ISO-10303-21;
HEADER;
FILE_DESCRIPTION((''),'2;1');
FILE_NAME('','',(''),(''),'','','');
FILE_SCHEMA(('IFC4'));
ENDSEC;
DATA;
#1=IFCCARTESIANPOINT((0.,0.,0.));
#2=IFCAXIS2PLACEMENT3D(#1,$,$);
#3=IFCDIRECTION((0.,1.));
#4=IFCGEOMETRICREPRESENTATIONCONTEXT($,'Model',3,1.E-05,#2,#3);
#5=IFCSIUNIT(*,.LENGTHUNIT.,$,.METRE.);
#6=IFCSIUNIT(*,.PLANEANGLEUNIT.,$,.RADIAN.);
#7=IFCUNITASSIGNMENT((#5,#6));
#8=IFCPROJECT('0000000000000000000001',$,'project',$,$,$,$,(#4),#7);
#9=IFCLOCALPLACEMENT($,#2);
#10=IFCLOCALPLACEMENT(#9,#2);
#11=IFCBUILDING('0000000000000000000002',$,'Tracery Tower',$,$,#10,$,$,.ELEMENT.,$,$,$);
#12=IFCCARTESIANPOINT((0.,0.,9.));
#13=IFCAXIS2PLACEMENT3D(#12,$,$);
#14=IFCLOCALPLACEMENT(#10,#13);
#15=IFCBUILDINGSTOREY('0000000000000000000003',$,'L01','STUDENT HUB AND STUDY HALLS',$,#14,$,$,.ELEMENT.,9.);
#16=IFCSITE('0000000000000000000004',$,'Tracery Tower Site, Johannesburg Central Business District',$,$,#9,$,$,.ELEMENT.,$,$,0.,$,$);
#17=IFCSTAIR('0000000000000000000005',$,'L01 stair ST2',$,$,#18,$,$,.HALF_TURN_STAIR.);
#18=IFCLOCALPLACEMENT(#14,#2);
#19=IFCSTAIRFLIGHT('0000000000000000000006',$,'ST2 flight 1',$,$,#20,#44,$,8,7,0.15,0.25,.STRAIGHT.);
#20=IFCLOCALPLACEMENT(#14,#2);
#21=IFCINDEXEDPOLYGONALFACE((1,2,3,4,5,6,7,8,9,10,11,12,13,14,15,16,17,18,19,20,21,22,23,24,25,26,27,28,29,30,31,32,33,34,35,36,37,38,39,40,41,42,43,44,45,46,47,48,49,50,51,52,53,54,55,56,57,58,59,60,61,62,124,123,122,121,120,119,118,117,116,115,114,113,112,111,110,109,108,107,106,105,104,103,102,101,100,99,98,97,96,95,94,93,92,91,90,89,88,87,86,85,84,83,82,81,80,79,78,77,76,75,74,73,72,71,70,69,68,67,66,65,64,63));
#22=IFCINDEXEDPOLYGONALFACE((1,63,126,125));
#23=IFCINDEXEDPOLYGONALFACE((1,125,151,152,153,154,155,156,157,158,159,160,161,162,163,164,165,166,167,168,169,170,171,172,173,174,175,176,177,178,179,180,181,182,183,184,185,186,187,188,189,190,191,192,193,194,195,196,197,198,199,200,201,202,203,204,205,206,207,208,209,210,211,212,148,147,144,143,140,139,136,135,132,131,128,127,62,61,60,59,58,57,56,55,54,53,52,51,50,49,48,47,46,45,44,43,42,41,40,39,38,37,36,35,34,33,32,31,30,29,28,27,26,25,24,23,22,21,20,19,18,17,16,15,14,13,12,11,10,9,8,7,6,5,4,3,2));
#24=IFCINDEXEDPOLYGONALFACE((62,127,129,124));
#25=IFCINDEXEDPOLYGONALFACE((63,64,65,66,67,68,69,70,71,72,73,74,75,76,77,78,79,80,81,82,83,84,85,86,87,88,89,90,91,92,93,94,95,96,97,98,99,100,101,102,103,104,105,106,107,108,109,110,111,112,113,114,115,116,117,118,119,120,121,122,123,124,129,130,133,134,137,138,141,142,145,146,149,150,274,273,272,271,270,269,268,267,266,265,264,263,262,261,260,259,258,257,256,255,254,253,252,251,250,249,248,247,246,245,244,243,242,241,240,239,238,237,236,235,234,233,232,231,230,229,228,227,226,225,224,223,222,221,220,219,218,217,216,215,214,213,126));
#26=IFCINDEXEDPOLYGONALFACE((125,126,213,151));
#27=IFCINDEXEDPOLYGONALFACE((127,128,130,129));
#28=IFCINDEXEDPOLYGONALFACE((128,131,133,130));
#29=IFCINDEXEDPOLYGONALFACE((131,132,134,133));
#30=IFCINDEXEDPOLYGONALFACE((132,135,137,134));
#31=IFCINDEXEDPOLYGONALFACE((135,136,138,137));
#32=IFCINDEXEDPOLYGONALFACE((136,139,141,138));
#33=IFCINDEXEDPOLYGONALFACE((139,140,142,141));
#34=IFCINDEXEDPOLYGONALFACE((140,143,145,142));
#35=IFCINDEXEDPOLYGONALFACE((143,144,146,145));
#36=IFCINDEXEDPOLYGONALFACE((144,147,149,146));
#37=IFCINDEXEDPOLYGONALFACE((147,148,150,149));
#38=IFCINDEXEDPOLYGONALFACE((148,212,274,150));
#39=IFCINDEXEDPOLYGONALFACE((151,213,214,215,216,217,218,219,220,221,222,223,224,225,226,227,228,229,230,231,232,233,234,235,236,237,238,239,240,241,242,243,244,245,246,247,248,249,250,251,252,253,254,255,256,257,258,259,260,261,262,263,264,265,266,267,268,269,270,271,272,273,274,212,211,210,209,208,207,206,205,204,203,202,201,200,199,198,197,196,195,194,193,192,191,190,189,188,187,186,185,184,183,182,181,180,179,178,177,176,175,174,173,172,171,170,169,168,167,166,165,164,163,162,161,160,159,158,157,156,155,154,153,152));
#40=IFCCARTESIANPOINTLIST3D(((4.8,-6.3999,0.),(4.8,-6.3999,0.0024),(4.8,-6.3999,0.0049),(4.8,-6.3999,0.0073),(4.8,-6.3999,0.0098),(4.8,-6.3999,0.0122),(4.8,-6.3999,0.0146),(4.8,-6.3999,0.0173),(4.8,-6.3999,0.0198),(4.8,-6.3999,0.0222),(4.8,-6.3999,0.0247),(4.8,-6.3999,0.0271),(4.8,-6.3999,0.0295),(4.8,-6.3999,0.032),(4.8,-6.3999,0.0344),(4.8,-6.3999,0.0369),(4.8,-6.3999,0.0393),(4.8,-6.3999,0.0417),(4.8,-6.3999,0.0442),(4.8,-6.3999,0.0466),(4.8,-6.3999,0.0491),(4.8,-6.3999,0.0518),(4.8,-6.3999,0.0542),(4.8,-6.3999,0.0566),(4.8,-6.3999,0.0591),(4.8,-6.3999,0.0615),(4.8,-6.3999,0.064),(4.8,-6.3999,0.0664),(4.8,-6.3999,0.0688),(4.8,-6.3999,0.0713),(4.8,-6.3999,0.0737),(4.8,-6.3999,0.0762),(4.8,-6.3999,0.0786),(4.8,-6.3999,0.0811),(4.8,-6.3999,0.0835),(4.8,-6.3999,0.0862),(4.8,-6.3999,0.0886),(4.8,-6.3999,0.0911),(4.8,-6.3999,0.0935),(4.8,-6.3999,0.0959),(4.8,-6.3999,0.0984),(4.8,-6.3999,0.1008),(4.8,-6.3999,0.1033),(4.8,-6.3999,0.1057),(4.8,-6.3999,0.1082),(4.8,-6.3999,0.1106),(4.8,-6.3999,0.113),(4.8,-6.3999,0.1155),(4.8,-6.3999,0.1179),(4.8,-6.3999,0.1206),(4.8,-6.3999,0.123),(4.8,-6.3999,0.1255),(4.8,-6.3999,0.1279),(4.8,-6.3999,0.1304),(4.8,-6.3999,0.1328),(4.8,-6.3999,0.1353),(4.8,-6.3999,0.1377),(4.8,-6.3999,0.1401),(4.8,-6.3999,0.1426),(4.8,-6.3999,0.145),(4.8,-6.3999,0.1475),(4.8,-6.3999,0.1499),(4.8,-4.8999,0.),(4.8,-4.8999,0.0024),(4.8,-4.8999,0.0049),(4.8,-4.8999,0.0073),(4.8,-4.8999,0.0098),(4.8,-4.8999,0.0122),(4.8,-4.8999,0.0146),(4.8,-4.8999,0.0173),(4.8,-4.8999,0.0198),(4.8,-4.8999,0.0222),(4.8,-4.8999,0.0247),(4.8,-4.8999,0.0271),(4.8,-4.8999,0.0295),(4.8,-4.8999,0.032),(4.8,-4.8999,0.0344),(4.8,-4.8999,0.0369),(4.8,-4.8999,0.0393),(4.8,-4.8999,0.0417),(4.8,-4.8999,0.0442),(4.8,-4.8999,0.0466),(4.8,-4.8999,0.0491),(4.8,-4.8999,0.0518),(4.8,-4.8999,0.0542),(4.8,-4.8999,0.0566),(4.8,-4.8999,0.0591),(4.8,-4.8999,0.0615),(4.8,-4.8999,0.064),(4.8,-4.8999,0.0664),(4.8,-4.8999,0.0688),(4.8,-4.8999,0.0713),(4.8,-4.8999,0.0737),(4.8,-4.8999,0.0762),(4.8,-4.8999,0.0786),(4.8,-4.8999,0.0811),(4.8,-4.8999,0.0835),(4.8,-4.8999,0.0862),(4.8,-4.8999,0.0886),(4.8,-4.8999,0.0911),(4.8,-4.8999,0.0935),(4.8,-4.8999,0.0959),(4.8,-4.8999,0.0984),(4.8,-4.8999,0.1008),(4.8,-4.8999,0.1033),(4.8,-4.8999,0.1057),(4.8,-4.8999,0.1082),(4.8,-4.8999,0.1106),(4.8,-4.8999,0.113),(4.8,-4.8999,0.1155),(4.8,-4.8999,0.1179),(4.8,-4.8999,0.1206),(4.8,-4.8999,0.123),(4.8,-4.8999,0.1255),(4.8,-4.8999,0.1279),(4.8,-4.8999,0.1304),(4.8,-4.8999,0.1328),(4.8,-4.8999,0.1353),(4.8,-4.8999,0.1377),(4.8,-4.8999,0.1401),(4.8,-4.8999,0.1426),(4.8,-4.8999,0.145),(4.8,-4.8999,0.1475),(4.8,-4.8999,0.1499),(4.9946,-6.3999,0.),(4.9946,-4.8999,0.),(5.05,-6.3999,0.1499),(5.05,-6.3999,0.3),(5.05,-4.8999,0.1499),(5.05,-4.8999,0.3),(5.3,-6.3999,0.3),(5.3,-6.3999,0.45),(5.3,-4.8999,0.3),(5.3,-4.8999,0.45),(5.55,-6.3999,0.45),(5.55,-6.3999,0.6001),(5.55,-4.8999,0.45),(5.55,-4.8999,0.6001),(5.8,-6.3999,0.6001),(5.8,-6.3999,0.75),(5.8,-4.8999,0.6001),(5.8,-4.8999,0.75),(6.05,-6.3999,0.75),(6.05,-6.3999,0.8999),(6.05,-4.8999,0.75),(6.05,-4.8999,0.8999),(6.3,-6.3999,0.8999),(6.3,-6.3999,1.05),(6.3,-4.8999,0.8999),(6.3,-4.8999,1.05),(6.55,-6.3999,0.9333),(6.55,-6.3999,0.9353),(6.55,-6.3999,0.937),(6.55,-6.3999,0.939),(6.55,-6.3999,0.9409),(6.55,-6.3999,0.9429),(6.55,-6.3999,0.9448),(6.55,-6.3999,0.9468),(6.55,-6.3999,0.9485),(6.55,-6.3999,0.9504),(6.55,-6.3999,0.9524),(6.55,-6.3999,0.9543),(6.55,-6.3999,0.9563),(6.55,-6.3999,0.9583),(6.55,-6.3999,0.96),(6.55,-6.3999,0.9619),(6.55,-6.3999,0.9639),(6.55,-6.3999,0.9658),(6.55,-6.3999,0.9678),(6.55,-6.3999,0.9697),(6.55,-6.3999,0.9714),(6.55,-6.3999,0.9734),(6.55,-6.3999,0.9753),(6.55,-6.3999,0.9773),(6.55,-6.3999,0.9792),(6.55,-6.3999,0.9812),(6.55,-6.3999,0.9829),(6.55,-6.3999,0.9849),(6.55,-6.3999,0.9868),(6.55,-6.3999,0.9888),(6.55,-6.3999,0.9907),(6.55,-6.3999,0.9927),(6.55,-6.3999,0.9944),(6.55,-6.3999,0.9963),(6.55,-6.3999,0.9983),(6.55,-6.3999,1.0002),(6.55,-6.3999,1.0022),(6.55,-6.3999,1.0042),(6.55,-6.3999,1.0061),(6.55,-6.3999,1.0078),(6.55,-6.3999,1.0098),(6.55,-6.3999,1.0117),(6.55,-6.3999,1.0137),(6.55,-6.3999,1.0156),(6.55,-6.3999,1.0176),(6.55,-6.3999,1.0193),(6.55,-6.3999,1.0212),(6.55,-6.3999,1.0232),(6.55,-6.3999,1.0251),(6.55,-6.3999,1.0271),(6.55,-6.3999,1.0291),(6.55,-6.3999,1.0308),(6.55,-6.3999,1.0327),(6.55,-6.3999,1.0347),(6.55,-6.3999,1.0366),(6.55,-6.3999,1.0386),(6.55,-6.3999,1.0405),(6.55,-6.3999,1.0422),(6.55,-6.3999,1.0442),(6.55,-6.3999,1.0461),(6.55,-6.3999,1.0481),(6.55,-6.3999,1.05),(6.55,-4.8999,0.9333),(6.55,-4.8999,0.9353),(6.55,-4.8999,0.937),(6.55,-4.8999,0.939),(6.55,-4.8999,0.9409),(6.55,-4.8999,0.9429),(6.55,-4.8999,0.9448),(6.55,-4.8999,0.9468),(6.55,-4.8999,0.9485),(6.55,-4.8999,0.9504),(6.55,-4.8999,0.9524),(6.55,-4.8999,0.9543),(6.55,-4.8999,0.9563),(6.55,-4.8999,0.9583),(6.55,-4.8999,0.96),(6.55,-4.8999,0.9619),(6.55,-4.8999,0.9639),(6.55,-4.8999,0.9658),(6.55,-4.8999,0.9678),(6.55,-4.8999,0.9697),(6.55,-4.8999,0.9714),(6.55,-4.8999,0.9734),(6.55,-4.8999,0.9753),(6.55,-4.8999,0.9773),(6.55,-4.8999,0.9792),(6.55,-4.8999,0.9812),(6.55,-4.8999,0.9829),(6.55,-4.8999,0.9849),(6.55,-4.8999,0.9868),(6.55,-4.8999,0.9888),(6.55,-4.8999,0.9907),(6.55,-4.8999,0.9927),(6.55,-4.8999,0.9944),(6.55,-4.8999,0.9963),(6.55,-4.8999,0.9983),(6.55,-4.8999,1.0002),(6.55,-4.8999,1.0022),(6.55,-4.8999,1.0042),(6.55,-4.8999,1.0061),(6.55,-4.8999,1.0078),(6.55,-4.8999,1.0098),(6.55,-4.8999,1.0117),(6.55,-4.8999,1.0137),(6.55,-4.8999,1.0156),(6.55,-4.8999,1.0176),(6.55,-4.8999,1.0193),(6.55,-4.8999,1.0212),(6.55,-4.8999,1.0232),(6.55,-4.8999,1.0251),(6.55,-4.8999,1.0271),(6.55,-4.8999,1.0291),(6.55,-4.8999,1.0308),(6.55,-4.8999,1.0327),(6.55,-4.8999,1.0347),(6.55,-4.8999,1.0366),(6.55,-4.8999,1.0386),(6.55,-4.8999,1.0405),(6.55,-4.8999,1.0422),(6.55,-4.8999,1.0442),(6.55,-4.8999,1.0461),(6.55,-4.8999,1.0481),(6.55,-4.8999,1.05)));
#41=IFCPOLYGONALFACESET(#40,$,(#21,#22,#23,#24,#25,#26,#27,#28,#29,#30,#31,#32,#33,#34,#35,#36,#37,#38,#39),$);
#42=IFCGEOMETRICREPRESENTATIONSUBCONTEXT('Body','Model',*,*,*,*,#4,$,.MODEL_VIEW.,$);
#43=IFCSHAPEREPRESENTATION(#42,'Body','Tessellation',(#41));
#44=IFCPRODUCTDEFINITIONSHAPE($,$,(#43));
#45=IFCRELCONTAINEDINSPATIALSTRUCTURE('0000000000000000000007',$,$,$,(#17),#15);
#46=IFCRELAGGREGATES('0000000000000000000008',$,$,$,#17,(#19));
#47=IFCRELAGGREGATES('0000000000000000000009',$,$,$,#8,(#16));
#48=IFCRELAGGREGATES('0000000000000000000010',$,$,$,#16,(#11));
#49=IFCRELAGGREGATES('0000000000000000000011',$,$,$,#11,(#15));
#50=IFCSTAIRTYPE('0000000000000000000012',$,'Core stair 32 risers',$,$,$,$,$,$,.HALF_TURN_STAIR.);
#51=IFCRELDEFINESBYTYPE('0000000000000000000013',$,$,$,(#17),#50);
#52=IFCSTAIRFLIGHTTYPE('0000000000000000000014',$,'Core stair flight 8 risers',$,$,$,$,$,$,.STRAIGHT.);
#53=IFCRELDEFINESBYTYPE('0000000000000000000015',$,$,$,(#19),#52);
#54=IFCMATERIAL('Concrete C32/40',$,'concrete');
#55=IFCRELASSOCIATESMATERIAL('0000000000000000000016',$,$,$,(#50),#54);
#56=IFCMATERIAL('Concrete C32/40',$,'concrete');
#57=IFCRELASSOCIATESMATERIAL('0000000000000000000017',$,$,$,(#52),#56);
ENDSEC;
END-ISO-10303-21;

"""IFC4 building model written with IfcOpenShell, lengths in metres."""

from ifc_helpers import new_model, si_unit, direction, frame, origin, place, context, subcontext, project, spatial, polyline, outline, extrude, material, type_object, element, aggregate, save


model = new_model("IFC4")

# Units and contexts
model_context = context("Model", 3, precision=1e-05, world=origin(), true_north=direction((0.0, 1.0)))
body_context = subcontext(model_context, "Body", "Model", "MODEL_VIEW")
ifc_project = project(units=[si_unit("LENGTHUNIT", "METRE"), si_unit("PLANEANGLEUNIT", "RADIAN")], contexts=[model_context])

# Site, building, storey
site_placement = place(None, origin())
site = spatial("IfcSite", under=ifc_project, at=site_placement, Name="Tracery Tower Site, Johannesburg Central Business District", CompositionType="ELEMENT", RefElevation=0.0)
building_placement = place(site_placement, origin())
building = spatial("IfcBuilding", under=site, at=building_placement, Name="Tracery Tower", CompositionType="ELEMENT")
storey_placement = place(building_placement, frame((0.0, 0.0, 9.0)))
storey = spatial("IfcBuildingStorey", under=building, at=storey_placement, Name="L01", Description="STUDENT HUB AND STUDY HALLS", CompositionType="ELEMENT", Elevation=9.0)

# Stair, stair flight
ifc_material_1 = material(Name="Concrete C32/40", Category="concrete")
stair_type = type_object("IfcStairType", Name="Core stair 32 risers", PredefinedType="HALF_TURN_STAIR", material=ifc_material_1)
stair_placement = place(storey_placement, origin())
stair = element("IfcStair", 1, at=stair_placement, inside=storey, type_object=stair_type, Name="L01 stair ST2", PredefinedType="HALF_TURN_STAIR")
ifc_material_2 = material(Name="Concrete C32/40", Category="concrete")
stair_flight_type = type_object("IfcStairFlightType", Name="Core stair flight 8 risers", PredefinedType="STRAIGHT", material=ifc_material_2)
stair_flight_1_placement = place(storey_placement, frame((4.8, -5.6499, 0.0), z_axis=(0.0, 0.0, 1.0), x_axis=(1.0, 0.0, 0.0)))
stair_flight_1 = element("IfcStairFlight", 2, at=stair_flight_1_placement, type_object=stair_flight_type, Name="ST2 flight 1", NumberOfRisers=8, NumberOfTreads=7, PredefinedType="STRAIGHT", RiserHeight=0.15, TreadLength=0.25, context=body_context, shape_type="SweptSolid", body=[
    extrude(outline(polyline([(0.0, 0.0), (0.0, 0.0024), (0.0, 0.0049), (0.0, 0.0073), (0.0, 0.0098), (0.0, 0.0122), (0.0, 0.0146), (0.0, 0.0173), (0.0, 0.0198), (0.0, 0.0222), (0.0, 0.0247), (0.0, 0.0271), (0.0, 0.0295), (0.0, 0.032), (0.0, 0.0344), (0.0, 0.0369), (0.0, 0.0393), (0.0, 0.0417), (0.0, 0.0442), (0.0, 0.0466), (0.0, 0.0491), (0.0, 0.0518), (0.0, 0.0542), (0.0, 0.0566), (0.0, 0.0591), (0.0, 0.0615), (0.0, 0.064), (0.0, 0.0664), (0.0, 0.0688), (0.0, 0.0713), (0.0, 0.0737), (0.0, 0.0762), (0.0, 0.0786), (0.0, 0.0811), (0.0, 0.0835), (0.0, 0.0862), (0.0, 0.0886), (0.0, 0.0911), (0.0, 0.0935), (0.0, 0.0959), (0.0, 0.0984), (0.0, 0.1008), (0.0, 0.1033), (0.0, 0.1057), (0.0, 0.1082), (0.0, 0.1106), (0.0, 0.113), (0.0, 0.1155), (0.0, 0.1179), (0.0, 0.1206), (0.0, 0.123), (0.0, 0.1255), (0.0, 0.1279), (0.0, 0.1304), (0.0, 0.1328), (0.0, 0.1353), (0.0, 0.1377), (0.0, 0.1401), (0.0, 0.1426), (0.0, 0.145), (0.0, 0.1475), (0.0, 0.1499), (0.25, 0.1499), (0.25, 0.3), (0.5, 0.3), (0.5, 0.45), (0.75, 0.45), (0.75, 0.6001), (1.0, 0.6001), (1.0, 0.75), (1.25, 0.75), (1.25, 0.8999), (1.5, 0.8999), (1.5, 1.05), (1.75, 1.05), (1.75, 1.0481), (1.75, 1.0461), (1.75, 1.0442), (1.75, 1.0422), (1.75, 1.0405), (1.75, 1.0386), (1.75, 1.0366), (1.75, 1.0347), (1.75, 1.0327), (1.75, 1.0308), (1.75, 1.0291), (1.75, 1.0271), (1.75, 1.0251), (1.75, 1.0232), (1.75, 1.0212), (1.75, 1.0193), (1.75, 1.0176), (1.75, 1.0156), (1.75, 1.0137), (1.75, 1.0117), (1.75, 1.0098), (1.75, 1.0078), (1.75, 1.0061), (1.75, 1.0042), (1.75, 1.0022), (1.75, 1.0002), (1.75, 0.9983), (1.75, 0.9963), (1.75, 0.9944), (1.75, 0.9927), (1.75, 0.9907), (1.75, 0.9888), (1.75, 0.9868), (1.75, 0.9849), (1.75, 0.9829), (1.75, 0.9812), (1.75, 0.9792), (1.75, 0.9773), (1.75, 0.9753), (1.75, 0.9734), (1.75, 0.9714), (1.75, 0.9697), (1.75, 0.9678), (1.75, 0.9658), (1.75, 0.9639), (1.75, 0.9619), (1.75, 0.96), (1.75, 0.9583), (1.75, 0.9563), (1.75, 0.9543), (1.75, 0.9524), (1.75, 0.9504), (1.75, 0.9485), (1.75, 0.9468), (1.75, 0.9448), (1.75, 0.9429), (1.75, 0.9409), (1.75, 0.939), (1.75, 0.937), (1.75, 0.9353), (1.75, 0.9333), (0.1946, 0.0), (0.0, 0.0)])), frame((0.0, 0.75, 0.0), z_axis=(0.0, -1.0, 0.0), x_axis=(1.0, 0.0, 0.0)), (0.0, 0.0, 1.0), 1.5),
])
aggregate(stair, [stair_flight_1])

save(model, "model.ifc")
